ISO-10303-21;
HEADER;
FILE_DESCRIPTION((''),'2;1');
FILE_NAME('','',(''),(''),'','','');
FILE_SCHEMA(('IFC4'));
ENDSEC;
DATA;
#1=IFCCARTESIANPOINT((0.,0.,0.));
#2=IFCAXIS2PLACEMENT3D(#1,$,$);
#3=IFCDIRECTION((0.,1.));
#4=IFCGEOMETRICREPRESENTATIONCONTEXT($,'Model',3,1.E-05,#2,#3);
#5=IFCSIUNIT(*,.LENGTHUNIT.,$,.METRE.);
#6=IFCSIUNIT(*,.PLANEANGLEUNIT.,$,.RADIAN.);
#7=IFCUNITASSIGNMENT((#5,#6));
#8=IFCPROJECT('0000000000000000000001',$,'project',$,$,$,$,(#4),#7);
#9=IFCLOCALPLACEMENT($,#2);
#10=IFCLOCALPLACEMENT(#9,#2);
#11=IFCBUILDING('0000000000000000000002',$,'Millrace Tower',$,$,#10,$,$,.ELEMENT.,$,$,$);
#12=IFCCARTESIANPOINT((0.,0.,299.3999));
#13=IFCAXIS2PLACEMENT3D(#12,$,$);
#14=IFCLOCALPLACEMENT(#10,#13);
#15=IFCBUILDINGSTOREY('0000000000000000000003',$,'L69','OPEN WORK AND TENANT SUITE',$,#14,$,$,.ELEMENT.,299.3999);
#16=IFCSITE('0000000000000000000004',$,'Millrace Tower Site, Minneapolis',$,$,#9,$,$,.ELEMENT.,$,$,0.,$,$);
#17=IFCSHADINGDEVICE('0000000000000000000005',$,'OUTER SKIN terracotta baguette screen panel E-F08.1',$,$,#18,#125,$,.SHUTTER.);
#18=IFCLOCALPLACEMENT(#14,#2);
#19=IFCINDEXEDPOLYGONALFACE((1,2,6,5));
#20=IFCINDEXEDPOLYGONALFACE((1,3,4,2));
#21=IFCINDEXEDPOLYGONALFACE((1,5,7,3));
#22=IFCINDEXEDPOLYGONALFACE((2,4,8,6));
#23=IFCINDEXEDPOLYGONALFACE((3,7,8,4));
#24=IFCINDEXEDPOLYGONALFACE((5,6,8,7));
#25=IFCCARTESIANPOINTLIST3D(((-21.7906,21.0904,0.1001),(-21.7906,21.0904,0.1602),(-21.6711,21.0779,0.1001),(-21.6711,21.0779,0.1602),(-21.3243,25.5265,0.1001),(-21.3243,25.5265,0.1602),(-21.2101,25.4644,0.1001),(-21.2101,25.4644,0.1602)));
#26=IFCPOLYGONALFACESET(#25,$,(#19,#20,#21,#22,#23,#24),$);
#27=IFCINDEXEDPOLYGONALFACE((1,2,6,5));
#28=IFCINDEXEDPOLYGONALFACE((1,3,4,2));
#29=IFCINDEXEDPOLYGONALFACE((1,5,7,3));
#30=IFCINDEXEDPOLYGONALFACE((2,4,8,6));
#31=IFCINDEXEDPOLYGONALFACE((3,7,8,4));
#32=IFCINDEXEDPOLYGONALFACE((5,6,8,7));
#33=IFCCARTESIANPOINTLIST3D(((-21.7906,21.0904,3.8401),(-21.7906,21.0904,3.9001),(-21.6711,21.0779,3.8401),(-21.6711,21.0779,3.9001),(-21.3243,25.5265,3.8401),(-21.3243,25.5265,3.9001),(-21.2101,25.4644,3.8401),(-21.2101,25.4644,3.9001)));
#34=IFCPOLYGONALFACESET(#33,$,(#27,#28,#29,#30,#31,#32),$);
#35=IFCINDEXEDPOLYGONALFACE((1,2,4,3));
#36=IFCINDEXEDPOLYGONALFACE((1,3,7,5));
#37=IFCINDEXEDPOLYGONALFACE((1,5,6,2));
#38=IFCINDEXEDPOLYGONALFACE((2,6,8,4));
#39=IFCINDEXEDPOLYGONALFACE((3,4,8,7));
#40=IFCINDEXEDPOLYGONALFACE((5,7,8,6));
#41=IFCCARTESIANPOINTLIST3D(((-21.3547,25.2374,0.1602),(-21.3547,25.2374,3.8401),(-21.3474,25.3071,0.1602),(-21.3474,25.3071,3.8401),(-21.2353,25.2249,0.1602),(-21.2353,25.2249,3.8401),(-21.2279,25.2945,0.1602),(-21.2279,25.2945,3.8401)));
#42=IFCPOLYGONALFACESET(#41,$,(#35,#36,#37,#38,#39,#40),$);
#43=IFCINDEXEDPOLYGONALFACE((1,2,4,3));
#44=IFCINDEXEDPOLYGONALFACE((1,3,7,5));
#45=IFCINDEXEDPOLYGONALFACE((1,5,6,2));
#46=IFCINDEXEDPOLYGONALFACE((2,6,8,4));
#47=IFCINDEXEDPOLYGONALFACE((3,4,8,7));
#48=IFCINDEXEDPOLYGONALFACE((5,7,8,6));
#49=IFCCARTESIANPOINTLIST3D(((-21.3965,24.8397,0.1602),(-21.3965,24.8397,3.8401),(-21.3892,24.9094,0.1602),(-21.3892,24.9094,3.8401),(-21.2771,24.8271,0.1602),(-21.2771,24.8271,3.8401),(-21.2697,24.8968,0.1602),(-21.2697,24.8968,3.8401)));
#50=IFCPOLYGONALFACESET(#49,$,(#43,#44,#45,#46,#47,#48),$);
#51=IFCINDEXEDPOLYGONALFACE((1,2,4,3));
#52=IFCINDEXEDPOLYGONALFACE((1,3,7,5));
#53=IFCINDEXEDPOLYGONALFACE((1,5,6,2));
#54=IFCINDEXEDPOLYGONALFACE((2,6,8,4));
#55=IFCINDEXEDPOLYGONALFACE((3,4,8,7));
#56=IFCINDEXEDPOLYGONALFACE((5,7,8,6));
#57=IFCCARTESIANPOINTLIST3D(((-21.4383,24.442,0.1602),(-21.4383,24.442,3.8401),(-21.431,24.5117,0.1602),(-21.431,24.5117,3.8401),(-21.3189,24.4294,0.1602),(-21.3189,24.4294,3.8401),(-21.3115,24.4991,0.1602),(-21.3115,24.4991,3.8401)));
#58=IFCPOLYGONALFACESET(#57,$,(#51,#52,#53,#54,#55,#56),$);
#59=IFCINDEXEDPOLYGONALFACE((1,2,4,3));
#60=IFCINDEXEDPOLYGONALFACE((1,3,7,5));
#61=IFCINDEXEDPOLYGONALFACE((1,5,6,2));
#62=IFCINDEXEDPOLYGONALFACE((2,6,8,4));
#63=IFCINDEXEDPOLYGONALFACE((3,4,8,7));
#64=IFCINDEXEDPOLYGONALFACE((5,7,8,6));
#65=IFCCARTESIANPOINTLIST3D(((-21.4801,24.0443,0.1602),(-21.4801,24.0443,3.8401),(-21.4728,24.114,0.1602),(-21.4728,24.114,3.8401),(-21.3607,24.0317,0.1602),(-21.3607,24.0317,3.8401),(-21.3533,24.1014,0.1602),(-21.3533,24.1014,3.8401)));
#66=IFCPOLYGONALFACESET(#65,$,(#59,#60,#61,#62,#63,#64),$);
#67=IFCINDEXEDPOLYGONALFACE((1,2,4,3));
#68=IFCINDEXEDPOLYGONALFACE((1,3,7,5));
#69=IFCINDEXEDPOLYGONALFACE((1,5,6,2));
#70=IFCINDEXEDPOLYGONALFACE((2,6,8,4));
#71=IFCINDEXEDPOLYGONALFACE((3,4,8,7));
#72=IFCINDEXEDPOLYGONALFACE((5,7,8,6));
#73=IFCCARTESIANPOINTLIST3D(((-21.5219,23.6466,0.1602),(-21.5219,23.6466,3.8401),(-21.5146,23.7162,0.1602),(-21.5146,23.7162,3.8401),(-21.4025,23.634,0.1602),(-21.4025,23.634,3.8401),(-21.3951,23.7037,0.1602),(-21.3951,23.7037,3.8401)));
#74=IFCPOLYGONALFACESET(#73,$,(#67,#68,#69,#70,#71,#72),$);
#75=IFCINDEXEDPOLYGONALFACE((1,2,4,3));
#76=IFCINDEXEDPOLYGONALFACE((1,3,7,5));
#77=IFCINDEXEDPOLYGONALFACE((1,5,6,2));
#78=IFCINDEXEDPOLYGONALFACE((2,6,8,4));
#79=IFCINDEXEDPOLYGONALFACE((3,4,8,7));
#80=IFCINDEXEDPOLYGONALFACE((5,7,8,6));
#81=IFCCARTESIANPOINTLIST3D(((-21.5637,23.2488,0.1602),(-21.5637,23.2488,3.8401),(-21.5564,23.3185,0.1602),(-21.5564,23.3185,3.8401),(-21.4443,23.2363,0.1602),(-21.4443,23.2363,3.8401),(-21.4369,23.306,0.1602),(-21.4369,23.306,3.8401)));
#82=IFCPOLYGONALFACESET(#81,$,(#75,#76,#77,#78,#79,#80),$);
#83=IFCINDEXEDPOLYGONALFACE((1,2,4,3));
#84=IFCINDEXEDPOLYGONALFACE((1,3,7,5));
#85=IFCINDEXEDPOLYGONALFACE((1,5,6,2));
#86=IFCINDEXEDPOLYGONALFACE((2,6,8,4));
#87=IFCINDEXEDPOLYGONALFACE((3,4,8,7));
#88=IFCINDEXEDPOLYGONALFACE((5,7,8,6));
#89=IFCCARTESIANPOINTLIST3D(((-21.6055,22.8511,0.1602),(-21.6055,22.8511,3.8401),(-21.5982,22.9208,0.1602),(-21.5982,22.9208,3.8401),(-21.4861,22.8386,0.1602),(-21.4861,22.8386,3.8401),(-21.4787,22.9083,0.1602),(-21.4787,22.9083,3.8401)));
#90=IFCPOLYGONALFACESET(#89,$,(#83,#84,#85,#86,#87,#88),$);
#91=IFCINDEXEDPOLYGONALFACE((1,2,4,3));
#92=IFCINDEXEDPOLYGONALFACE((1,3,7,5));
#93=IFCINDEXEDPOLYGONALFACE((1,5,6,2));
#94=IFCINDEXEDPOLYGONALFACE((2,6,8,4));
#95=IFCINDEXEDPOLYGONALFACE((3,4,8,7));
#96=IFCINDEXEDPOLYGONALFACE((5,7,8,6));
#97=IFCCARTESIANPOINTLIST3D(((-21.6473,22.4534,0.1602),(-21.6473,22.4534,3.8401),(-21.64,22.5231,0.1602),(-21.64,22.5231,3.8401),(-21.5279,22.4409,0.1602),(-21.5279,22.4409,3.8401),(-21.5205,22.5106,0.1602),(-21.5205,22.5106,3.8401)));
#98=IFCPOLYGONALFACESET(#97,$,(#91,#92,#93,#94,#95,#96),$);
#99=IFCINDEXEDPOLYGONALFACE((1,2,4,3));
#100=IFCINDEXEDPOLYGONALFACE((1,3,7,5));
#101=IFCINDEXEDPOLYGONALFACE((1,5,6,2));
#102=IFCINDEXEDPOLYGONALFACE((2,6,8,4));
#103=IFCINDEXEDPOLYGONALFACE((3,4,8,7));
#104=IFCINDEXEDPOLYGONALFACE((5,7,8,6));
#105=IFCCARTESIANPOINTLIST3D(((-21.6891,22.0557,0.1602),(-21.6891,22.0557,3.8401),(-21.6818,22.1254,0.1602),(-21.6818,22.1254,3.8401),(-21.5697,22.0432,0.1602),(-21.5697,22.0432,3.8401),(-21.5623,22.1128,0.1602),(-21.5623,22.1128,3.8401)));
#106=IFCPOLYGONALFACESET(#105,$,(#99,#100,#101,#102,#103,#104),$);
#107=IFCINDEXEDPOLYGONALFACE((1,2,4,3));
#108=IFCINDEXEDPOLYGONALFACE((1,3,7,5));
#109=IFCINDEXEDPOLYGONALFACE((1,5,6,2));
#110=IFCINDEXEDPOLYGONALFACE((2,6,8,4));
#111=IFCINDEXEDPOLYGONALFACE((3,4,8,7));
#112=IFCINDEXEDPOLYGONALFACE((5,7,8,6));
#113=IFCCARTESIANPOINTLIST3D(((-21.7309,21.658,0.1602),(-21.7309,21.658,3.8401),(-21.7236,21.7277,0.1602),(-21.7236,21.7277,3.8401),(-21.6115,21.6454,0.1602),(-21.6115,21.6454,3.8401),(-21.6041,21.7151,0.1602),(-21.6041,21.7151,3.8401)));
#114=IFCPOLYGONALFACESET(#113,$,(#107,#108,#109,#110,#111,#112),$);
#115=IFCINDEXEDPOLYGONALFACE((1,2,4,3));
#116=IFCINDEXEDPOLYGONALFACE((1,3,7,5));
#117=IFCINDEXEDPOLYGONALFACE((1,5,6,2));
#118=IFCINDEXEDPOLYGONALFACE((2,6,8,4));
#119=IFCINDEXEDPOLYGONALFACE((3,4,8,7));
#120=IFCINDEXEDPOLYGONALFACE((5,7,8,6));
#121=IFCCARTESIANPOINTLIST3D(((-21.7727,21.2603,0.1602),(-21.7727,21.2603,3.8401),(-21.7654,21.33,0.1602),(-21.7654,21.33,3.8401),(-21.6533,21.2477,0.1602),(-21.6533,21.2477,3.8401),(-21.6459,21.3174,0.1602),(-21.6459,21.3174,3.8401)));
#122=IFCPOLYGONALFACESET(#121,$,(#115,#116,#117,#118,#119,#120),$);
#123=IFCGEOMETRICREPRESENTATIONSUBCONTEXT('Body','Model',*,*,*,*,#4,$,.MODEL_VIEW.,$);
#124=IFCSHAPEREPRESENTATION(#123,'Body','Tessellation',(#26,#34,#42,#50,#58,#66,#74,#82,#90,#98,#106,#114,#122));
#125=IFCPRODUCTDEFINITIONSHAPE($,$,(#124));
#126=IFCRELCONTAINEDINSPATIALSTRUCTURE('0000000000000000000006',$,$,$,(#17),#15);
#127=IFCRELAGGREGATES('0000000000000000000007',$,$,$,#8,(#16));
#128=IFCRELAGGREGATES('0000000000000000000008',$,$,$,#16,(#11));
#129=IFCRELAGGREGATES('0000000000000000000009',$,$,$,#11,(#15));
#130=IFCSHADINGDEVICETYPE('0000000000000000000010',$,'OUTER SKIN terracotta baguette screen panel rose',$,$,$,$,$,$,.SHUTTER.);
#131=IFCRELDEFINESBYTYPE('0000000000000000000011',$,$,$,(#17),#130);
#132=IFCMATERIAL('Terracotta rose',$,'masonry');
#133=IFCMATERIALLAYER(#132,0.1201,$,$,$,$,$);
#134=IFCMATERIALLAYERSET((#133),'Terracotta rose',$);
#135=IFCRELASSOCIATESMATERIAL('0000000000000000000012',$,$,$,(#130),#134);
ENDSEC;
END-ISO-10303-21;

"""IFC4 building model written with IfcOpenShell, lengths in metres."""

from ifc_helpers import new_model, entity, si_unit, direction, frame, frame_2d, origin, place, context, subcontext, project, spatial, rectangle, extrude, source, transform, mapped, material, layer, layer_set, type_object, element, save


model = new_model("IFC4")

# Units and contexts
model_context = context("Model", 3, precision=1e-05, world=origin(), true_north=direction((0.0, 1.0)))
body_context = subcontext(model_context, "Body", "Model", "MODEL_VIEW")
ifc_project = project(units=[si_unit("LENGTHUNIT", "METRE"), si_unit("PLANEANGLEUNIT", "RADIAN")], contexts=[model_context])

# Site, building, storey
site_placement = place(None, origin())
site = spatial("IfcSite", under=ifc_project, at=site_placement, Name="Millrace Tower Site, Minneapolis", CompositionType="ELEMENT", RefElevation=0.0)
building_placement = place(site_placement, origin())
building = spatial("IfcBuilding", under=site, at=building_placement, Name="Millrace Tower", CompositionType="ELEMENT")
storey_placement = place(building_placement, frame((0.0, 0.0, 299.3999)))
storey = spatial("IfcBuildingStorey", under=building, at=storey_placement, Name="L69", Description="OPEN WORK AND TENANT SUITE", CompositionType="ELEMENT", Elevation=299.3999)

# Shading device
ifc_material_1 = material(Name="Terracotta rose", Category="masonry")
ifc_layer_1 = layer(ifc_material_1, 0.1201)
ifc_layer_set_1 = layer_set([ifc_layer_1], Name="Terracotta rose")
shading_device_type = type_object("IfcShadingDeviceType", Name="OUTER SKIN terracotta baguette screen panel rose", PredefinedType="SHUTTER", material=ifc_layer_set_1)
cartesian_point_1 = entity("IfcCartesianPoint", [-2.1929, 0.0601])
shared_polyline_1 = entity("IfcPolyline", [cartesian_point_1, entity("IfcCartesianPoint", [2.2178, 0.0601]), entity("IfcCartesianPoint", [2.2178, -0.0601]), entity("IfcCartesianPoint", [-2.2427, -0.0601]), cartesian_point_1])
shared_shape_1 = source(origin(), body_context, "Body", "SweptSolid", [
    entity("IfcExtrudedAreaSolid", entity("IfcArbitraryClosedProfileDef", "AREA", None, shared_polyline_1), entity("IfcAxis2Placement3D", entity("IfcCartesianPoint", [0.0, 0.0, 0.0])), entity("IfcDirection", [0.0, 0.0, 1.0]), 0.0601),
    entity("IfcExtrudedAreaSolid", entity("IfcArbitraryClosedProfileDef", "AREA", None, shared_polyline_1), entity("IfcAxis2Placement3D", entity("IfcCartesianPoint", [0.0, 0.0, 3.74])), entity("IfcDirection", [0.0, 0.0, 1.0]), 0.0601),
    extrude(rectangle(XDim=0.0701, YDim=0.1201, at=frame_2d((-1.9871, 0.0))), frame((0.0, 0.0, 0.0601)), (0.0, 0.0, 1.0), 3.6799),
    extrude(rectangle(XDim=0.0701, YDim=0.1201, at=frame_2d((-1.5872, 0.0))), frame((0.0, 0.0, 0.0601)), (0.0, 0.0, 1.0), 3.6799),
    extrude(rectangle(XDim=0.0701, YDim=0.1201, at=frame_2d((-1.1873, 0.0))), frame((0.0, 0.0, 0.0601)), (0.0, 0.0, 1.0), 3.6799),
    extrude(rectangle(XDim=0.0701, YDim=0.1201, at=frame_2d((-0.7874, 0.0))), frame((0.0, 0.0, 0.0601)), (0.0, 0.0, 1.0), 3.6799),
    extrude(rectangle(XDim=0.0701, YDim=0.1201, at=frame_2d((-0.3875, 0.0))), frame((0.0, 0.0, 0.0601)), (0.0, 0.0, 1.0), 3.6799),
    extrude(rectangle(XDim=0.0701, YDim=0.1201, at=frame_2d((0.0125, 0.0))), frame((0.0, 0.0, 0.0601)), (0.0, 0.0, 1.0), 3.6799),
    extrude(rectangle(XDim=0.0701, YDim=0.1201, at=frame_2d((0.4124, 0.0))), frame((0.0, 0.0, 0.0601)), (0.0, 0.0, 1.0), 3.6799),
    extrude(rectangle(XDim=0.0701, YDim=0.1201, at=frame_2d((0.8123, 0.0))), frame((0.0, 0.0, 0.0601)), (0.0, 0.0, 1.0), 3.6799),
    extrude(rectangle(XDim=0.0701, YDim=0.1201, at=frame_2d((1.2122, 0.0))), frame((0.0, 0.0, 0.0601)), (0.0, 0.0, 1.0), 3.6799),
    extrude(rectangle(XDim=0.0701, YDim=0.1201, at=frame_2d((1.6121, 0.0))), frame((0.0, 0.0, 0.0601)), (0.0, 0.0, 1.0), 3.6799),
    extrude(rectangle(XDim=0.0701, YDim=0.1201, at=frame_2d((2.012, 0.0))), frame((0.0, 0.0, 0.0601)), (0.0, 0.0, 1.0), 3.6799),
])
shading_device_1_placement = place(storey_placement, frame((-21.499, 23.2898, 0.1001), z_axis=(0.0, 0.0, 1.0), x_axis=(-0.104528, -0.994522, 0.0)))
element("IfcShadingDevice", 1, at=shading_device_1_placement, inside=storey, type_object=shading_device_type, Name="OUTER SKIN terracotta baguette screen panel E-F08.1", PredefinedType="SHUTTER", context=body_context, shape_type="MappedRepresentation", body=[
    mapped(shared_shape_1, transform((0.0, 0.0, 0.0), scale=1.0)),
])

save(model, "model.ifc")
